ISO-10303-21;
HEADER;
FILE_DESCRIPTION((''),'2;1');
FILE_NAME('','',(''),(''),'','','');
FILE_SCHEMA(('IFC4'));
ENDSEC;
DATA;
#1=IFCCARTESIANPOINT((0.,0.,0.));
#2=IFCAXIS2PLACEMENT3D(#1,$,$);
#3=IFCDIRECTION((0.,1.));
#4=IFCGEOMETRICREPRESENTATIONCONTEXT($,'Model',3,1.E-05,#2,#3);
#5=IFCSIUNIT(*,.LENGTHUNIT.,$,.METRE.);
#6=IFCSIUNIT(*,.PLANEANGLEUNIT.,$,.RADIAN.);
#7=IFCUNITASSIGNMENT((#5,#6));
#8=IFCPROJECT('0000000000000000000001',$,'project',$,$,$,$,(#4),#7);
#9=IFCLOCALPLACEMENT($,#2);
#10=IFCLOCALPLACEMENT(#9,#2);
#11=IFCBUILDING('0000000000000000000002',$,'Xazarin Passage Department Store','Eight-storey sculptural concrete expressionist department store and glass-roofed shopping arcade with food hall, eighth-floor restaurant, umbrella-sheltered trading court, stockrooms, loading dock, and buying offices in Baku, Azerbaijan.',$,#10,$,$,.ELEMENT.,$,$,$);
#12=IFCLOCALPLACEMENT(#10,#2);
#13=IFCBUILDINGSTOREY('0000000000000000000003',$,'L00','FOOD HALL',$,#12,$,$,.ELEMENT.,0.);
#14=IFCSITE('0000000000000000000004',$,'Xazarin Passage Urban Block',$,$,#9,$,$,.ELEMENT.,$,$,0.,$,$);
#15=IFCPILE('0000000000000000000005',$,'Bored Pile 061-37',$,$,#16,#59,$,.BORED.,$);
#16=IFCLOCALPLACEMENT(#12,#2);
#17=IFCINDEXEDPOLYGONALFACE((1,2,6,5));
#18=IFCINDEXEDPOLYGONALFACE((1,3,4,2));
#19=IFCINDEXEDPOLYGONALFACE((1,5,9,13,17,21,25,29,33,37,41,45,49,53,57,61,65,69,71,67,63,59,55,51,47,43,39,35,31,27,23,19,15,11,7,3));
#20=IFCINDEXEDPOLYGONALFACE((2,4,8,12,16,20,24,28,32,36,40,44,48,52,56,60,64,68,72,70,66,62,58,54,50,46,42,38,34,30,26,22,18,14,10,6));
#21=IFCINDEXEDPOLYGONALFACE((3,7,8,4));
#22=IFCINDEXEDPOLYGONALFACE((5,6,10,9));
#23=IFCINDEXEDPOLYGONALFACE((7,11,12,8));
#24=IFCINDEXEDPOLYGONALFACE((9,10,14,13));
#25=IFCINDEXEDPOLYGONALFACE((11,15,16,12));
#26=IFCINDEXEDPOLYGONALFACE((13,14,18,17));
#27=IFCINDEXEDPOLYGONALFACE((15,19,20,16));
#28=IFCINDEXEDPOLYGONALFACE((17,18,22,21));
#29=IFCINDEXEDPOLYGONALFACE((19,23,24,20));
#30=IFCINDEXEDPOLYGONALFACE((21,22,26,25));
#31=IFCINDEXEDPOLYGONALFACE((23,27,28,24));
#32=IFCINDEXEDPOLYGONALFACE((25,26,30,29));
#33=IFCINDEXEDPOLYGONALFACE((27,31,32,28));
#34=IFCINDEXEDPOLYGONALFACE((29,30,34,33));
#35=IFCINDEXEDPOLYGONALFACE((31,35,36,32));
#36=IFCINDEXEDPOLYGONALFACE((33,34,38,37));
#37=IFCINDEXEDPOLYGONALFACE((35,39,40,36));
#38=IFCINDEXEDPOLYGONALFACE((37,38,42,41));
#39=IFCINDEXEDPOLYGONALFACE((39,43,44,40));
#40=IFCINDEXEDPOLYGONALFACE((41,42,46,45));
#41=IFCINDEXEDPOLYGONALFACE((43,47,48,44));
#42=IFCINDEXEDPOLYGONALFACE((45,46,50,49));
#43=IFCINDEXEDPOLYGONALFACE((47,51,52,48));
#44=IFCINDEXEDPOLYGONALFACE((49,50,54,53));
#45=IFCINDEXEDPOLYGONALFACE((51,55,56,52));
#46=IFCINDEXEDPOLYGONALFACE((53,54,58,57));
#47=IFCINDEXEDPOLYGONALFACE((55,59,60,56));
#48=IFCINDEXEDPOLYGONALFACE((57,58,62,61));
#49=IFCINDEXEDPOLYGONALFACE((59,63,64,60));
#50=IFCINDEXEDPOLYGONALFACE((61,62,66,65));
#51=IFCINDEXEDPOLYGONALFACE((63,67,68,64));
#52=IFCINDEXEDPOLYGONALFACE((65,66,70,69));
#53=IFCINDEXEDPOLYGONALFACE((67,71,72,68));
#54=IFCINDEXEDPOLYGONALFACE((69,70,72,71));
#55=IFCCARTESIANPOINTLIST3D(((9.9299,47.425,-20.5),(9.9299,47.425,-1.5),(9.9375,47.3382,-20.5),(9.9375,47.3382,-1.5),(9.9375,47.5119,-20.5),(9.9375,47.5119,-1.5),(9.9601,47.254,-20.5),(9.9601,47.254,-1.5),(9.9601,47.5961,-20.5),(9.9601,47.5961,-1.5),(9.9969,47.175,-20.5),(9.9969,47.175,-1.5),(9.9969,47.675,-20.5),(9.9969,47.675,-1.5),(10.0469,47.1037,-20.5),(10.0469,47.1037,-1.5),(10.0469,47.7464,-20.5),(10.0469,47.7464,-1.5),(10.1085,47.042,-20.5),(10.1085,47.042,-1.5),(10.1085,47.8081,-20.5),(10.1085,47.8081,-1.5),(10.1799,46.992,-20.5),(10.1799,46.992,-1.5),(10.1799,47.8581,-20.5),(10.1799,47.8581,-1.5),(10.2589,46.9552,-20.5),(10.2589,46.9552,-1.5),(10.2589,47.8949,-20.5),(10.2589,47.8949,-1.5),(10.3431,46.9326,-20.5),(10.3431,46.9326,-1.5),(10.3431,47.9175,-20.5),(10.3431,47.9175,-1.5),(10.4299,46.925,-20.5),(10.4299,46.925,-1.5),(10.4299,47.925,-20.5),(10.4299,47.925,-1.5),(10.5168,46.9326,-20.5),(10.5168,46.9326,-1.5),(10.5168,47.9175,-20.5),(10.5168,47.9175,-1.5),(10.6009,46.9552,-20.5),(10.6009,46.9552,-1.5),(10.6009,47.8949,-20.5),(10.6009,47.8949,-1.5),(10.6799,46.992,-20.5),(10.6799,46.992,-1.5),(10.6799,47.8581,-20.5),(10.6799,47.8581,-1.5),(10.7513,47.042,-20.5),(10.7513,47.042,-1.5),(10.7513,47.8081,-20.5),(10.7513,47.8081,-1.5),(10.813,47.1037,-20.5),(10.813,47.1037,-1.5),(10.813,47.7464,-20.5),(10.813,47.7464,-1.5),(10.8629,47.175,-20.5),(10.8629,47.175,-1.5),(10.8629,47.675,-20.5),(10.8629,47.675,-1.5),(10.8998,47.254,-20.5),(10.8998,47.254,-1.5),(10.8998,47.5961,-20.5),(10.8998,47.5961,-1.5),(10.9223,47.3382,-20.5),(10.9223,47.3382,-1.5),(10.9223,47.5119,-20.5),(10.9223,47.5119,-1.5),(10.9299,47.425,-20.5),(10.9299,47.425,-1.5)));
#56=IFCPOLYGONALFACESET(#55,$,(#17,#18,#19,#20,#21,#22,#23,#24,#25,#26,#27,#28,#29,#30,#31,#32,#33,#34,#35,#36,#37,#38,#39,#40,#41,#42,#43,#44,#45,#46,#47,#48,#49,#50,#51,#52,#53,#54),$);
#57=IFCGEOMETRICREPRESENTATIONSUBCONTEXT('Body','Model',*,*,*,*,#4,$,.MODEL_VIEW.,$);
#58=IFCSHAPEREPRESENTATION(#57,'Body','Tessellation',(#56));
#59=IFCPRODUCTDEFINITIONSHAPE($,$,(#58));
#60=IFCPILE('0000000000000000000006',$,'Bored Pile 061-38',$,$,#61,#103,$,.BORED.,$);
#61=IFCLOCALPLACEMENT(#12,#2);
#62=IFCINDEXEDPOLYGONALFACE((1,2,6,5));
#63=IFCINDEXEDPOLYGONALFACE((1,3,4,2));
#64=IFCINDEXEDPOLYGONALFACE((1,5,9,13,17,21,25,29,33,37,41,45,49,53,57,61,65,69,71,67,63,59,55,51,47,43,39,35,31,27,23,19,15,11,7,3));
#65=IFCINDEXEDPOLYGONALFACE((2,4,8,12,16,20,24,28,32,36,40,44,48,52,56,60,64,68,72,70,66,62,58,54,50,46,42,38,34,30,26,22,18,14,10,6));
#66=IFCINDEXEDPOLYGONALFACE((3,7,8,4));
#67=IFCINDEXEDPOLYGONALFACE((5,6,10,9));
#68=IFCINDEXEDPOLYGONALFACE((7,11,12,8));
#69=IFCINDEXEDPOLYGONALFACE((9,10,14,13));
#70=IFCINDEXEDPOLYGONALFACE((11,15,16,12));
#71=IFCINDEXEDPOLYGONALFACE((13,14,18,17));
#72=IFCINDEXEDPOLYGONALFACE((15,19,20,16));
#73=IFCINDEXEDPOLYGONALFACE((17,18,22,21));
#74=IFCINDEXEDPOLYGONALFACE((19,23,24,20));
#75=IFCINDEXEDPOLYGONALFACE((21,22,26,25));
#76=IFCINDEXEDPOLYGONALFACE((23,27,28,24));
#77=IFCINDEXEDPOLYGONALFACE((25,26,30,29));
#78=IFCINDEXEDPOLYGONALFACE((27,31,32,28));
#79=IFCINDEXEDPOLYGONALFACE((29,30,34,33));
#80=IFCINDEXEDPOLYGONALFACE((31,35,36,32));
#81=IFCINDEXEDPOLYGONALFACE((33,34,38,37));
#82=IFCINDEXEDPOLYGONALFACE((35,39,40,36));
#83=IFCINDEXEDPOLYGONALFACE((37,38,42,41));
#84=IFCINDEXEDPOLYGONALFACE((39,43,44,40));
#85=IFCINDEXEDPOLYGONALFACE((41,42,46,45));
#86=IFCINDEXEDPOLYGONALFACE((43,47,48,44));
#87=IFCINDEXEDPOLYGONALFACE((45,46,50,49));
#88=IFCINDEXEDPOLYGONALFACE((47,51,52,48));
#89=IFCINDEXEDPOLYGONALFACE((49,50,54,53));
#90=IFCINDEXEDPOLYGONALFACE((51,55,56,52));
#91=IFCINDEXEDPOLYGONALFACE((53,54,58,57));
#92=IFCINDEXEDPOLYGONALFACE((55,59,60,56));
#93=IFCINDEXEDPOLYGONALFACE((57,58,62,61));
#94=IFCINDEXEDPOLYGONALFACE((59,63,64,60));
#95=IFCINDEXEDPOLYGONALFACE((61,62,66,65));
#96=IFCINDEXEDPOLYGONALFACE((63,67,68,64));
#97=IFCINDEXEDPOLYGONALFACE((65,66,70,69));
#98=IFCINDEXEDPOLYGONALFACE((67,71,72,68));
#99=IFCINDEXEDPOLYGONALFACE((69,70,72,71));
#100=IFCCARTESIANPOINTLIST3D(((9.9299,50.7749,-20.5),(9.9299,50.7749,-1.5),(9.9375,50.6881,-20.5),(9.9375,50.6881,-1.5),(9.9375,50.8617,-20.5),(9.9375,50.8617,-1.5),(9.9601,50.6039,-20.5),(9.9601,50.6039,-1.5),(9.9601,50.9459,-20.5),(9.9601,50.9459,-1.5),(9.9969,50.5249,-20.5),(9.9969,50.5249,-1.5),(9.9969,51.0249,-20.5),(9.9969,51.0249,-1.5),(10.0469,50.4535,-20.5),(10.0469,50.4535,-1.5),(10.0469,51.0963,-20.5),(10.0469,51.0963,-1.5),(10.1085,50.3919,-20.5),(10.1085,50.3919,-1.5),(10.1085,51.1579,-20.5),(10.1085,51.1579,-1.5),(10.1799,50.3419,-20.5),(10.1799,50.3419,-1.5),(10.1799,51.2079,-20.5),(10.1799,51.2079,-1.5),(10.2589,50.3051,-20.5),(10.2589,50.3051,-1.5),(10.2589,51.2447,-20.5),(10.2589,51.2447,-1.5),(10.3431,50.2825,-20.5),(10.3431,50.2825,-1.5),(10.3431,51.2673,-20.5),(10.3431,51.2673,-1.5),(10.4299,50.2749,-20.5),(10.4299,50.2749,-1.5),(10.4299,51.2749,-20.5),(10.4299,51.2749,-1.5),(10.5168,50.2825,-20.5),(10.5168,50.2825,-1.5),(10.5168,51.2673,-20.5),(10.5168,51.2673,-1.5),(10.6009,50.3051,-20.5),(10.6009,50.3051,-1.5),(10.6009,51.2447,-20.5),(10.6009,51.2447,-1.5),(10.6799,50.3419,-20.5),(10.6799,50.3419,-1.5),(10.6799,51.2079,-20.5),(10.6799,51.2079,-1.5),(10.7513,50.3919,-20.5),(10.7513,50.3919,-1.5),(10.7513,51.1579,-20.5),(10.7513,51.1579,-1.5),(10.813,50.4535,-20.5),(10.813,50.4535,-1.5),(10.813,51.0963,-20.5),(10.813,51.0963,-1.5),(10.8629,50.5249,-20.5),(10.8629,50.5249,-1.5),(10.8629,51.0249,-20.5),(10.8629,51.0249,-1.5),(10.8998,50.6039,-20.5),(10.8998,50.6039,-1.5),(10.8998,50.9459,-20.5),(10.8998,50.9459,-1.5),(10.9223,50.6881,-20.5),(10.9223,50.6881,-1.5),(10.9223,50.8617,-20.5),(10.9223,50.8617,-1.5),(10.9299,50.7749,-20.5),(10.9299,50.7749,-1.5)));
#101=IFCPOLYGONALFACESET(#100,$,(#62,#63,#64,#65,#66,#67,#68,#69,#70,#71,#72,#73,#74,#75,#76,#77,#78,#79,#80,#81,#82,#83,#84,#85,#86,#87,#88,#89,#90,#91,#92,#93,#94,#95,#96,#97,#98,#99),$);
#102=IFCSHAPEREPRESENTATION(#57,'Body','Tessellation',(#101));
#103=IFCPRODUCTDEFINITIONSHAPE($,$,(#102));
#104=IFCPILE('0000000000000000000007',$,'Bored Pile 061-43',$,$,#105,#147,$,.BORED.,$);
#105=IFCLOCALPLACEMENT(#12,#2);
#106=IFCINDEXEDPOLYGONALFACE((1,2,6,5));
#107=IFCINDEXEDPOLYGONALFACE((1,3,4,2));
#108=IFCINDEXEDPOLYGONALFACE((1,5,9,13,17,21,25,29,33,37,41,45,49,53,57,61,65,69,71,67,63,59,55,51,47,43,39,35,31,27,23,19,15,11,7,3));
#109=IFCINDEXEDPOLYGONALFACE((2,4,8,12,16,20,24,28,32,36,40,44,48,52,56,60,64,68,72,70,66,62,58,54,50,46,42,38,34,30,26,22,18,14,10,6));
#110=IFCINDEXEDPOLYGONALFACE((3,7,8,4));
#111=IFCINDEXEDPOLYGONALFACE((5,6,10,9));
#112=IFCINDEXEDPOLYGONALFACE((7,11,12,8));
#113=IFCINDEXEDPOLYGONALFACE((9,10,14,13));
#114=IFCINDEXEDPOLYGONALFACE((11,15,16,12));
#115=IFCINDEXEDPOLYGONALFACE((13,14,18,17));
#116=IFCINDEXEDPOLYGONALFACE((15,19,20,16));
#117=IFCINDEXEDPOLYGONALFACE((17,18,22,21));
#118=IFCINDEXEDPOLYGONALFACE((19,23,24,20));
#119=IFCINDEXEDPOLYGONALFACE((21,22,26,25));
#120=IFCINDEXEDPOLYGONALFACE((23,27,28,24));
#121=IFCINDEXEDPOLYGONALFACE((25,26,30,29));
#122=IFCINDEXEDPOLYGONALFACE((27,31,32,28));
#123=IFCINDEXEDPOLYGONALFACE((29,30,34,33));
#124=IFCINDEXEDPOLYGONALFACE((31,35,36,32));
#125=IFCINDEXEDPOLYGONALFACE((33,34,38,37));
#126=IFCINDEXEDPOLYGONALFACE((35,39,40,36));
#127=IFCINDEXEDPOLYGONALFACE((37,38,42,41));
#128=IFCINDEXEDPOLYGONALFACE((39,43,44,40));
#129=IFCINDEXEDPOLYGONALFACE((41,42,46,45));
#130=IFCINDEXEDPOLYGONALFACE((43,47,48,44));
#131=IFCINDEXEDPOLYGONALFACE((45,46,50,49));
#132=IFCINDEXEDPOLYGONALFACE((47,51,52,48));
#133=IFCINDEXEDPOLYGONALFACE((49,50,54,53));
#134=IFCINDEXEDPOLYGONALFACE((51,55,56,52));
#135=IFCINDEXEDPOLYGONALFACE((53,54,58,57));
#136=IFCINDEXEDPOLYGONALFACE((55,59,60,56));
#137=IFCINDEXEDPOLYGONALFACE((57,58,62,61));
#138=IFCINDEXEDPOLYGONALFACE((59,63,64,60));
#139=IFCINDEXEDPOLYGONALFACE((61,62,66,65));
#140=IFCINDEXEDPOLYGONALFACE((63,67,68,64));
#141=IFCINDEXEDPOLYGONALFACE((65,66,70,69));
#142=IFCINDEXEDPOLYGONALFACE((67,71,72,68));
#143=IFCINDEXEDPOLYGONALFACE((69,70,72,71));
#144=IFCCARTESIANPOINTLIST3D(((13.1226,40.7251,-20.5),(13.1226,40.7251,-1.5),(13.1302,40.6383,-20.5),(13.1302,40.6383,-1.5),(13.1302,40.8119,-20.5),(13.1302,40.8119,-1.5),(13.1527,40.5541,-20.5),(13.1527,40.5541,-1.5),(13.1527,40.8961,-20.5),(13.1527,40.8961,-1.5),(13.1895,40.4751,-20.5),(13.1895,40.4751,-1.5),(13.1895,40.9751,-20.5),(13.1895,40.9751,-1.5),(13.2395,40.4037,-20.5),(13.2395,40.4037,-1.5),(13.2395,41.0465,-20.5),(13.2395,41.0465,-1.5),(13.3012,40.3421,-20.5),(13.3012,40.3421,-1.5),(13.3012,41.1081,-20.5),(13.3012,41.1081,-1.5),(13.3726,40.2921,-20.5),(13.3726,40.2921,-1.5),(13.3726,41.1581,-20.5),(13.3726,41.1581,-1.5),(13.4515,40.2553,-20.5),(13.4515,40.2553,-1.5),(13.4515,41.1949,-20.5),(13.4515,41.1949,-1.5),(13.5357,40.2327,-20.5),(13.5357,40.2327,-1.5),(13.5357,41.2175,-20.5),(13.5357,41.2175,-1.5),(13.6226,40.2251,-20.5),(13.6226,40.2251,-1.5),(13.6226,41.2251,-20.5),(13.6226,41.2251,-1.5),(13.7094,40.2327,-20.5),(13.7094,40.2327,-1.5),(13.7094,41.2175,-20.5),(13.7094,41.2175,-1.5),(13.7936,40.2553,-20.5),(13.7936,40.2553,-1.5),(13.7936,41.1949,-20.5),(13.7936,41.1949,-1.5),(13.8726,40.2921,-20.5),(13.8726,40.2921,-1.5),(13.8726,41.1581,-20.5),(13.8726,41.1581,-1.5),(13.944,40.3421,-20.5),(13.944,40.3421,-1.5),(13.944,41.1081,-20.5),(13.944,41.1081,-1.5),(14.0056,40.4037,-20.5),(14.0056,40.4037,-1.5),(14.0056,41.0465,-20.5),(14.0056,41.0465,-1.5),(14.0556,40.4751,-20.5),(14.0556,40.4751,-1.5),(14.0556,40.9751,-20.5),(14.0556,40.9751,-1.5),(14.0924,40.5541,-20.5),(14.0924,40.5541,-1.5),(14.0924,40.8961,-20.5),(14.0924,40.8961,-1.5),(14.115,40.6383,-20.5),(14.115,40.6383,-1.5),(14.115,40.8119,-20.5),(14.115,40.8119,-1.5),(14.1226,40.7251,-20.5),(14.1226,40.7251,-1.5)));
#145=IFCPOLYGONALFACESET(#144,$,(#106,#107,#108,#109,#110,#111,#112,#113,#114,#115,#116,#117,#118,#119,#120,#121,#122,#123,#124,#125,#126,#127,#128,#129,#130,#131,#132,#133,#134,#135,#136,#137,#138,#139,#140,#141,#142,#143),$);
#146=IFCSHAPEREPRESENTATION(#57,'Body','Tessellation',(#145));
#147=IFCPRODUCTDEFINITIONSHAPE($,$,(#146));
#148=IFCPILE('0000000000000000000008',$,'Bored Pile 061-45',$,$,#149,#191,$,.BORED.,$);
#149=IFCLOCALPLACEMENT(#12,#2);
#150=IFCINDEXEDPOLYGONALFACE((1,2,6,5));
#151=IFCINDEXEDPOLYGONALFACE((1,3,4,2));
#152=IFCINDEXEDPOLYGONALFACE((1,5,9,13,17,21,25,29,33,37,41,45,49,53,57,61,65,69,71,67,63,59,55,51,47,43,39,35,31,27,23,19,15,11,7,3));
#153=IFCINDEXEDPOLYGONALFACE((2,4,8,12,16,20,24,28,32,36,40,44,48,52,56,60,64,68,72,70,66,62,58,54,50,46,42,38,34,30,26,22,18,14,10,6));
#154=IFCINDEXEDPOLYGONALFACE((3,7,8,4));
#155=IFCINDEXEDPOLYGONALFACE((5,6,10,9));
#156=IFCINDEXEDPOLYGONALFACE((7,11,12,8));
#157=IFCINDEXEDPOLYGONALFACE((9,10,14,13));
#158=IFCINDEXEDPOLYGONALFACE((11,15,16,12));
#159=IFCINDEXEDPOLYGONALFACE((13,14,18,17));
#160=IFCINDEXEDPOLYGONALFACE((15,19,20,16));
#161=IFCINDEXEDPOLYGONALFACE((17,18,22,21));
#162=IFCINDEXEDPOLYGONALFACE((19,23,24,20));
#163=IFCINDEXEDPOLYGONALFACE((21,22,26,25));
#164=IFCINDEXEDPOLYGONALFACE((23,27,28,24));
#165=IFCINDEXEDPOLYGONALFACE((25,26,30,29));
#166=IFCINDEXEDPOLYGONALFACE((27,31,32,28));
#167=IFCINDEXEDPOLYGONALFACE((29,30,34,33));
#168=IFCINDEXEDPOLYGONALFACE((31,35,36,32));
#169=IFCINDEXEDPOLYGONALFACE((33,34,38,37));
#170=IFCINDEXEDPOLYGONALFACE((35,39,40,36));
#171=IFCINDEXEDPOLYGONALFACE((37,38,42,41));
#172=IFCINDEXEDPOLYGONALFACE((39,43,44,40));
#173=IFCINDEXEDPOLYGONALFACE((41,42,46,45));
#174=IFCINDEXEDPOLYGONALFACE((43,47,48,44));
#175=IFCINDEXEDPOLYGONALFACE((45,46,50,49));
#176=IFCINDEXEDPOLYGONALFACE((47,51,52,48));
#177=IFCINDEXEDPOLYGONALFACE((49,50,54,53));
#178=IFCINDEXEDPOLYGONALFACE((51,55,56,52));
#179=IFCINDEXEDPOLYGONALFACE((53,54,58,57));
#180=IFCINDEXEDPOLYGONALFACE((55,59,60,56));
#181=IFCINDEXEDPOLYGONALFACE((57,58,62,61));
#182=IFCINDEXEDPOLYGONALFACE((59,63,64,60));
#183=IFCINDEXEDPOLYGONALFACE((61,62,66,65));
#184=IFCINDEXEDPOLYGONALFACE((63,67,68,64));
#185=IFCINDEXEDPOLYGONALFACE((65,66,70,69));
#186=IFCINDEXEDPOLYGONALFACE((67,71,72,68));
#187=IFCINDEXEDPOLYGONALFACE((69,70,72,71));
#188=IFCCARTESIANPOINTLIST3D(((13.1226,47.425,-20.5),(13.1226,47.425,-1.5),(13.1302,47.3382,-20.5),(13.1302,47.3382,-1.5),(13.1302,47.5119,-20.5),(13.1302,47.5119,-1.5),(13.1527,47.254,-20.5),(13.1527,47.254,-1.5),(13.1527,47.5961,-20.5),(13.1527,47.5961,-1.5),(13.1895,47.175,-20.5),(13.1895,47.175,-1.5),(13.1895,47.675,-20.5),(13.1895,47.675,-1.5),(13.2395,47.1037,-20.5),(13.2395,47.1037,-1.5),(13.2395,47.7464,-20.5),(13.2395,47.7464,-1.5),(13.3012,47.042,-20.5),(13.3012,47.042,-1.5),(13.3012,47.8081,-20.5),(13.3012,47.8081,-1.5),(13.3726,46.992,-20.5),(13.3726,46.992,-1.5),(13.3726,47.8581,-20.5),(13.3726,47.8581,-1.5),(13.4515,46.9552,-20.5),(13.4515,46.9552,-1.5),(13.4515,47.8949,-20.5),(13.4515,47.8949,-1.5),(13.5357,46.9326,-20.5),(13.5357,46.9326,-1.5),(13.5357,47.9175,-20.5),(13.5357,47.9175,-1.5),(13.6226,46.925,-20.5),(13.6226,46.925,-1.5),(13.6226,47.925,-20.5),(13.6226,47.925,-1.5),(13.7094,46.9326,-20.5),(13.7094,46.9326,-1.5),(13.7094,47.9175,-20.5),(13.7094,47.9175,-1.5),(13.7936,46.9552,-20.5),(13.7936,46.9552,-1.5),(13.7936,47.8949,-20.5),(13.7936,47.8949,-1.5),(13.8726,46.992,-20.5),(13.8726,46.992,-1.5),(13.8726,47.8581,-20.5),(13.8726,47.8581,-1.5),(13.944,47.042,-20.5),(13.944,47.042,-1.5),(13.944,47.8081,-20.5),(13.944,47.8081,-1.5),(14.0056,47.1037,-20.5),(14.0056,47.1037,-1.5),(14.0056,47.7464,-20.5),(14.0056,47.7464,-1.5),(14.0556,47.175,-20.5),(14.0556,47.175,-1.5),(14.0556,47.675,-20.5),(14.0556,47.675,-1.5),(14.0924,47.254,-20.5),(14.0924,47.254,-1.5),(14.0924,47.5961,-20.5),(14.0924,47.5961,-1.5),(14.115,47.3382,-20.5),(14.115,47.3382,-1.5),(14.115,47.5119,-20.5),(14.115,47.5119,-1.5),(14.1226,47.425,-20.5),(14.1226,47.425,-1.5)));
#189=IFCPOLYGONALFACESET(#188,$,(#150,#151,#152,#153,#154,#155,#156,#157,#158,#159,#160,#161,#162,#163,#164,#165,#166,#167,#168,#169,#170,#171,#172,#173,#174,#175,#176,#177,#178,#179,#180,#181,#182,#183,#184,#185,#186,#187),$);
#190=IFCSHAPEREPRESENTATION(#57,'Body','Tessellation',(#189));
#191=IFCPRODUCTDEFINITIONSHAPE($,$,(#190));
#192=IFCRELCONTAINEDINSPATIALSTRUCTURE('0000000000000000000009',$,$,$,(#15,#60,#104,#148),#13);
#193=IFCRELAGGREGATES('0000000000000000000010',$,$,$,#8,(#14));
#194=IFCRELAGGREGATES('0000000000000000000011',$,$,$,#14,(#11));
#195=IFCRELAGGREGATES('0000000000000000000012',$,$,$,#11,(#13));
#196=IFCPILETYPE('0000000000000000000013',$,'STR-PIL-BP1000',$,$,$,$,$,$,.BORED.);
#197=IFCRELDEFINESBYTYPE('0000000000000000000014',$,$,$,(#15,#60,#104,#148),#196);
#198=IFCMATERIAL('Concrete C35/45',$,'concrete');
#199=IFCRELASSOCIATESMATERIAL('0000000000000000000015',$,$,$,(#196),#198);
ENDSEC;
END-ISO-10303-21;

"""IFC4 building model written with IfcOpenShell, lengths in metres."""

from ifc_helpers import new_model, si_unit, direction, frame, origin, origin_2d, place, context, subcontext, project, spatial, circle, extrude, material, material_profile, profile_set, type_object, element, save


model = new_model("IFC4")

# Units and contexts
model_context = context("Model", 3, precision=1e-05, world=origin(), true_north=direction((0.0, 1.0)))
body_context = subcontext(model_context, "Body", "Model", "MODEL_VIEW")
ifc_project = project(units=[si_unit("LENGTHUNIT", "METRE"), si_unit("PLANEANGLEUNIT", "RADIAN")], contexts=[model_context])

# Site, building, storey
site_placement = place(None, origin())
site = spatial("IfcSite", under=ifc_project, at=site_placement, Name="Xazarin Passage Urban Block", CompositionType="ELEMENT", RefElevation=0.0)
building_placement = place(site_placement, origin())
building = spatial("IfcBuilding", under=site, at=building_placement, Name="Xazarin Passage Department Store", Description="Eight-storey sculptural concrete expressionist department store and glass-roofed shopping arcade with food hall, eighth-floor restaurant, umbrella-sheltered trading court, stockrooms, loading dock, and buying offices in Baku, Azerbaijan.", CompositionType="ELEMENT")
storey_placement = place(building_placement, origin())
storey = spatial("IfcBuildingStorey", under=building, at=storey_placement, Name="L00", Description="FOOD HALL", CompositionType="ELEMENT", Elevation=0.0)

# Piles
ifc_material_1 = material(Name="Concrete C35/45", Category="concrete")
ifc_material_profile_1 = material_profile(ifc_material_1, circle(Radius=0.5, at=origin_2d()), Name="BP 1000")
ifc_profile_set_1 = profile_set([ifc_material_profile_1], Name="Concrete C35/45")
pile_type_1 = type_object("IfcPileType", Name="STR-PIL-BP1000", PredefinedType="BORED", material=ifc_profile_set_1)
for number, where, z_axis, x_axis, name in (
    (1, (10.4299, 47.425, -1.5), (0.0, 0.0, -1.0), (1.0, 0.0, 0.0), "Bored Pile 061-37"),
    (2, (10.4299, 50.7749, -1.5), (0.0, 0.0, -1.0), (1.0, 0.0, 0.0), "Bored Pile 061-38"),
    (3, (13.6226, 40.7251, -1.5), (0.0, 0.0, -1.0), (1.0, 0.0, 0.0), "Bored Pile 061-43"),
    (4, (13.6226, 47.425, -1.5), (0.0, 0.0, -1.0), (1.0, 0.0, 0.0), "Bored Pile 061-45"),
):
    element("IfcPile", number, at=place(storey_placement, frame(where, z_axis=z_axis, x_axis=x_axis)), inside=storey, type_object=pile_type_1, Name=name, PredefinedType="BORED", context=body_context, shape_type="SweptSolid", body=[
        extrude(circle(Radius=0.5, at=origin_2d()), origin(), (0.0, 0.0, 1.0), 19.0),
    ])

save(model, "model.ifc")
